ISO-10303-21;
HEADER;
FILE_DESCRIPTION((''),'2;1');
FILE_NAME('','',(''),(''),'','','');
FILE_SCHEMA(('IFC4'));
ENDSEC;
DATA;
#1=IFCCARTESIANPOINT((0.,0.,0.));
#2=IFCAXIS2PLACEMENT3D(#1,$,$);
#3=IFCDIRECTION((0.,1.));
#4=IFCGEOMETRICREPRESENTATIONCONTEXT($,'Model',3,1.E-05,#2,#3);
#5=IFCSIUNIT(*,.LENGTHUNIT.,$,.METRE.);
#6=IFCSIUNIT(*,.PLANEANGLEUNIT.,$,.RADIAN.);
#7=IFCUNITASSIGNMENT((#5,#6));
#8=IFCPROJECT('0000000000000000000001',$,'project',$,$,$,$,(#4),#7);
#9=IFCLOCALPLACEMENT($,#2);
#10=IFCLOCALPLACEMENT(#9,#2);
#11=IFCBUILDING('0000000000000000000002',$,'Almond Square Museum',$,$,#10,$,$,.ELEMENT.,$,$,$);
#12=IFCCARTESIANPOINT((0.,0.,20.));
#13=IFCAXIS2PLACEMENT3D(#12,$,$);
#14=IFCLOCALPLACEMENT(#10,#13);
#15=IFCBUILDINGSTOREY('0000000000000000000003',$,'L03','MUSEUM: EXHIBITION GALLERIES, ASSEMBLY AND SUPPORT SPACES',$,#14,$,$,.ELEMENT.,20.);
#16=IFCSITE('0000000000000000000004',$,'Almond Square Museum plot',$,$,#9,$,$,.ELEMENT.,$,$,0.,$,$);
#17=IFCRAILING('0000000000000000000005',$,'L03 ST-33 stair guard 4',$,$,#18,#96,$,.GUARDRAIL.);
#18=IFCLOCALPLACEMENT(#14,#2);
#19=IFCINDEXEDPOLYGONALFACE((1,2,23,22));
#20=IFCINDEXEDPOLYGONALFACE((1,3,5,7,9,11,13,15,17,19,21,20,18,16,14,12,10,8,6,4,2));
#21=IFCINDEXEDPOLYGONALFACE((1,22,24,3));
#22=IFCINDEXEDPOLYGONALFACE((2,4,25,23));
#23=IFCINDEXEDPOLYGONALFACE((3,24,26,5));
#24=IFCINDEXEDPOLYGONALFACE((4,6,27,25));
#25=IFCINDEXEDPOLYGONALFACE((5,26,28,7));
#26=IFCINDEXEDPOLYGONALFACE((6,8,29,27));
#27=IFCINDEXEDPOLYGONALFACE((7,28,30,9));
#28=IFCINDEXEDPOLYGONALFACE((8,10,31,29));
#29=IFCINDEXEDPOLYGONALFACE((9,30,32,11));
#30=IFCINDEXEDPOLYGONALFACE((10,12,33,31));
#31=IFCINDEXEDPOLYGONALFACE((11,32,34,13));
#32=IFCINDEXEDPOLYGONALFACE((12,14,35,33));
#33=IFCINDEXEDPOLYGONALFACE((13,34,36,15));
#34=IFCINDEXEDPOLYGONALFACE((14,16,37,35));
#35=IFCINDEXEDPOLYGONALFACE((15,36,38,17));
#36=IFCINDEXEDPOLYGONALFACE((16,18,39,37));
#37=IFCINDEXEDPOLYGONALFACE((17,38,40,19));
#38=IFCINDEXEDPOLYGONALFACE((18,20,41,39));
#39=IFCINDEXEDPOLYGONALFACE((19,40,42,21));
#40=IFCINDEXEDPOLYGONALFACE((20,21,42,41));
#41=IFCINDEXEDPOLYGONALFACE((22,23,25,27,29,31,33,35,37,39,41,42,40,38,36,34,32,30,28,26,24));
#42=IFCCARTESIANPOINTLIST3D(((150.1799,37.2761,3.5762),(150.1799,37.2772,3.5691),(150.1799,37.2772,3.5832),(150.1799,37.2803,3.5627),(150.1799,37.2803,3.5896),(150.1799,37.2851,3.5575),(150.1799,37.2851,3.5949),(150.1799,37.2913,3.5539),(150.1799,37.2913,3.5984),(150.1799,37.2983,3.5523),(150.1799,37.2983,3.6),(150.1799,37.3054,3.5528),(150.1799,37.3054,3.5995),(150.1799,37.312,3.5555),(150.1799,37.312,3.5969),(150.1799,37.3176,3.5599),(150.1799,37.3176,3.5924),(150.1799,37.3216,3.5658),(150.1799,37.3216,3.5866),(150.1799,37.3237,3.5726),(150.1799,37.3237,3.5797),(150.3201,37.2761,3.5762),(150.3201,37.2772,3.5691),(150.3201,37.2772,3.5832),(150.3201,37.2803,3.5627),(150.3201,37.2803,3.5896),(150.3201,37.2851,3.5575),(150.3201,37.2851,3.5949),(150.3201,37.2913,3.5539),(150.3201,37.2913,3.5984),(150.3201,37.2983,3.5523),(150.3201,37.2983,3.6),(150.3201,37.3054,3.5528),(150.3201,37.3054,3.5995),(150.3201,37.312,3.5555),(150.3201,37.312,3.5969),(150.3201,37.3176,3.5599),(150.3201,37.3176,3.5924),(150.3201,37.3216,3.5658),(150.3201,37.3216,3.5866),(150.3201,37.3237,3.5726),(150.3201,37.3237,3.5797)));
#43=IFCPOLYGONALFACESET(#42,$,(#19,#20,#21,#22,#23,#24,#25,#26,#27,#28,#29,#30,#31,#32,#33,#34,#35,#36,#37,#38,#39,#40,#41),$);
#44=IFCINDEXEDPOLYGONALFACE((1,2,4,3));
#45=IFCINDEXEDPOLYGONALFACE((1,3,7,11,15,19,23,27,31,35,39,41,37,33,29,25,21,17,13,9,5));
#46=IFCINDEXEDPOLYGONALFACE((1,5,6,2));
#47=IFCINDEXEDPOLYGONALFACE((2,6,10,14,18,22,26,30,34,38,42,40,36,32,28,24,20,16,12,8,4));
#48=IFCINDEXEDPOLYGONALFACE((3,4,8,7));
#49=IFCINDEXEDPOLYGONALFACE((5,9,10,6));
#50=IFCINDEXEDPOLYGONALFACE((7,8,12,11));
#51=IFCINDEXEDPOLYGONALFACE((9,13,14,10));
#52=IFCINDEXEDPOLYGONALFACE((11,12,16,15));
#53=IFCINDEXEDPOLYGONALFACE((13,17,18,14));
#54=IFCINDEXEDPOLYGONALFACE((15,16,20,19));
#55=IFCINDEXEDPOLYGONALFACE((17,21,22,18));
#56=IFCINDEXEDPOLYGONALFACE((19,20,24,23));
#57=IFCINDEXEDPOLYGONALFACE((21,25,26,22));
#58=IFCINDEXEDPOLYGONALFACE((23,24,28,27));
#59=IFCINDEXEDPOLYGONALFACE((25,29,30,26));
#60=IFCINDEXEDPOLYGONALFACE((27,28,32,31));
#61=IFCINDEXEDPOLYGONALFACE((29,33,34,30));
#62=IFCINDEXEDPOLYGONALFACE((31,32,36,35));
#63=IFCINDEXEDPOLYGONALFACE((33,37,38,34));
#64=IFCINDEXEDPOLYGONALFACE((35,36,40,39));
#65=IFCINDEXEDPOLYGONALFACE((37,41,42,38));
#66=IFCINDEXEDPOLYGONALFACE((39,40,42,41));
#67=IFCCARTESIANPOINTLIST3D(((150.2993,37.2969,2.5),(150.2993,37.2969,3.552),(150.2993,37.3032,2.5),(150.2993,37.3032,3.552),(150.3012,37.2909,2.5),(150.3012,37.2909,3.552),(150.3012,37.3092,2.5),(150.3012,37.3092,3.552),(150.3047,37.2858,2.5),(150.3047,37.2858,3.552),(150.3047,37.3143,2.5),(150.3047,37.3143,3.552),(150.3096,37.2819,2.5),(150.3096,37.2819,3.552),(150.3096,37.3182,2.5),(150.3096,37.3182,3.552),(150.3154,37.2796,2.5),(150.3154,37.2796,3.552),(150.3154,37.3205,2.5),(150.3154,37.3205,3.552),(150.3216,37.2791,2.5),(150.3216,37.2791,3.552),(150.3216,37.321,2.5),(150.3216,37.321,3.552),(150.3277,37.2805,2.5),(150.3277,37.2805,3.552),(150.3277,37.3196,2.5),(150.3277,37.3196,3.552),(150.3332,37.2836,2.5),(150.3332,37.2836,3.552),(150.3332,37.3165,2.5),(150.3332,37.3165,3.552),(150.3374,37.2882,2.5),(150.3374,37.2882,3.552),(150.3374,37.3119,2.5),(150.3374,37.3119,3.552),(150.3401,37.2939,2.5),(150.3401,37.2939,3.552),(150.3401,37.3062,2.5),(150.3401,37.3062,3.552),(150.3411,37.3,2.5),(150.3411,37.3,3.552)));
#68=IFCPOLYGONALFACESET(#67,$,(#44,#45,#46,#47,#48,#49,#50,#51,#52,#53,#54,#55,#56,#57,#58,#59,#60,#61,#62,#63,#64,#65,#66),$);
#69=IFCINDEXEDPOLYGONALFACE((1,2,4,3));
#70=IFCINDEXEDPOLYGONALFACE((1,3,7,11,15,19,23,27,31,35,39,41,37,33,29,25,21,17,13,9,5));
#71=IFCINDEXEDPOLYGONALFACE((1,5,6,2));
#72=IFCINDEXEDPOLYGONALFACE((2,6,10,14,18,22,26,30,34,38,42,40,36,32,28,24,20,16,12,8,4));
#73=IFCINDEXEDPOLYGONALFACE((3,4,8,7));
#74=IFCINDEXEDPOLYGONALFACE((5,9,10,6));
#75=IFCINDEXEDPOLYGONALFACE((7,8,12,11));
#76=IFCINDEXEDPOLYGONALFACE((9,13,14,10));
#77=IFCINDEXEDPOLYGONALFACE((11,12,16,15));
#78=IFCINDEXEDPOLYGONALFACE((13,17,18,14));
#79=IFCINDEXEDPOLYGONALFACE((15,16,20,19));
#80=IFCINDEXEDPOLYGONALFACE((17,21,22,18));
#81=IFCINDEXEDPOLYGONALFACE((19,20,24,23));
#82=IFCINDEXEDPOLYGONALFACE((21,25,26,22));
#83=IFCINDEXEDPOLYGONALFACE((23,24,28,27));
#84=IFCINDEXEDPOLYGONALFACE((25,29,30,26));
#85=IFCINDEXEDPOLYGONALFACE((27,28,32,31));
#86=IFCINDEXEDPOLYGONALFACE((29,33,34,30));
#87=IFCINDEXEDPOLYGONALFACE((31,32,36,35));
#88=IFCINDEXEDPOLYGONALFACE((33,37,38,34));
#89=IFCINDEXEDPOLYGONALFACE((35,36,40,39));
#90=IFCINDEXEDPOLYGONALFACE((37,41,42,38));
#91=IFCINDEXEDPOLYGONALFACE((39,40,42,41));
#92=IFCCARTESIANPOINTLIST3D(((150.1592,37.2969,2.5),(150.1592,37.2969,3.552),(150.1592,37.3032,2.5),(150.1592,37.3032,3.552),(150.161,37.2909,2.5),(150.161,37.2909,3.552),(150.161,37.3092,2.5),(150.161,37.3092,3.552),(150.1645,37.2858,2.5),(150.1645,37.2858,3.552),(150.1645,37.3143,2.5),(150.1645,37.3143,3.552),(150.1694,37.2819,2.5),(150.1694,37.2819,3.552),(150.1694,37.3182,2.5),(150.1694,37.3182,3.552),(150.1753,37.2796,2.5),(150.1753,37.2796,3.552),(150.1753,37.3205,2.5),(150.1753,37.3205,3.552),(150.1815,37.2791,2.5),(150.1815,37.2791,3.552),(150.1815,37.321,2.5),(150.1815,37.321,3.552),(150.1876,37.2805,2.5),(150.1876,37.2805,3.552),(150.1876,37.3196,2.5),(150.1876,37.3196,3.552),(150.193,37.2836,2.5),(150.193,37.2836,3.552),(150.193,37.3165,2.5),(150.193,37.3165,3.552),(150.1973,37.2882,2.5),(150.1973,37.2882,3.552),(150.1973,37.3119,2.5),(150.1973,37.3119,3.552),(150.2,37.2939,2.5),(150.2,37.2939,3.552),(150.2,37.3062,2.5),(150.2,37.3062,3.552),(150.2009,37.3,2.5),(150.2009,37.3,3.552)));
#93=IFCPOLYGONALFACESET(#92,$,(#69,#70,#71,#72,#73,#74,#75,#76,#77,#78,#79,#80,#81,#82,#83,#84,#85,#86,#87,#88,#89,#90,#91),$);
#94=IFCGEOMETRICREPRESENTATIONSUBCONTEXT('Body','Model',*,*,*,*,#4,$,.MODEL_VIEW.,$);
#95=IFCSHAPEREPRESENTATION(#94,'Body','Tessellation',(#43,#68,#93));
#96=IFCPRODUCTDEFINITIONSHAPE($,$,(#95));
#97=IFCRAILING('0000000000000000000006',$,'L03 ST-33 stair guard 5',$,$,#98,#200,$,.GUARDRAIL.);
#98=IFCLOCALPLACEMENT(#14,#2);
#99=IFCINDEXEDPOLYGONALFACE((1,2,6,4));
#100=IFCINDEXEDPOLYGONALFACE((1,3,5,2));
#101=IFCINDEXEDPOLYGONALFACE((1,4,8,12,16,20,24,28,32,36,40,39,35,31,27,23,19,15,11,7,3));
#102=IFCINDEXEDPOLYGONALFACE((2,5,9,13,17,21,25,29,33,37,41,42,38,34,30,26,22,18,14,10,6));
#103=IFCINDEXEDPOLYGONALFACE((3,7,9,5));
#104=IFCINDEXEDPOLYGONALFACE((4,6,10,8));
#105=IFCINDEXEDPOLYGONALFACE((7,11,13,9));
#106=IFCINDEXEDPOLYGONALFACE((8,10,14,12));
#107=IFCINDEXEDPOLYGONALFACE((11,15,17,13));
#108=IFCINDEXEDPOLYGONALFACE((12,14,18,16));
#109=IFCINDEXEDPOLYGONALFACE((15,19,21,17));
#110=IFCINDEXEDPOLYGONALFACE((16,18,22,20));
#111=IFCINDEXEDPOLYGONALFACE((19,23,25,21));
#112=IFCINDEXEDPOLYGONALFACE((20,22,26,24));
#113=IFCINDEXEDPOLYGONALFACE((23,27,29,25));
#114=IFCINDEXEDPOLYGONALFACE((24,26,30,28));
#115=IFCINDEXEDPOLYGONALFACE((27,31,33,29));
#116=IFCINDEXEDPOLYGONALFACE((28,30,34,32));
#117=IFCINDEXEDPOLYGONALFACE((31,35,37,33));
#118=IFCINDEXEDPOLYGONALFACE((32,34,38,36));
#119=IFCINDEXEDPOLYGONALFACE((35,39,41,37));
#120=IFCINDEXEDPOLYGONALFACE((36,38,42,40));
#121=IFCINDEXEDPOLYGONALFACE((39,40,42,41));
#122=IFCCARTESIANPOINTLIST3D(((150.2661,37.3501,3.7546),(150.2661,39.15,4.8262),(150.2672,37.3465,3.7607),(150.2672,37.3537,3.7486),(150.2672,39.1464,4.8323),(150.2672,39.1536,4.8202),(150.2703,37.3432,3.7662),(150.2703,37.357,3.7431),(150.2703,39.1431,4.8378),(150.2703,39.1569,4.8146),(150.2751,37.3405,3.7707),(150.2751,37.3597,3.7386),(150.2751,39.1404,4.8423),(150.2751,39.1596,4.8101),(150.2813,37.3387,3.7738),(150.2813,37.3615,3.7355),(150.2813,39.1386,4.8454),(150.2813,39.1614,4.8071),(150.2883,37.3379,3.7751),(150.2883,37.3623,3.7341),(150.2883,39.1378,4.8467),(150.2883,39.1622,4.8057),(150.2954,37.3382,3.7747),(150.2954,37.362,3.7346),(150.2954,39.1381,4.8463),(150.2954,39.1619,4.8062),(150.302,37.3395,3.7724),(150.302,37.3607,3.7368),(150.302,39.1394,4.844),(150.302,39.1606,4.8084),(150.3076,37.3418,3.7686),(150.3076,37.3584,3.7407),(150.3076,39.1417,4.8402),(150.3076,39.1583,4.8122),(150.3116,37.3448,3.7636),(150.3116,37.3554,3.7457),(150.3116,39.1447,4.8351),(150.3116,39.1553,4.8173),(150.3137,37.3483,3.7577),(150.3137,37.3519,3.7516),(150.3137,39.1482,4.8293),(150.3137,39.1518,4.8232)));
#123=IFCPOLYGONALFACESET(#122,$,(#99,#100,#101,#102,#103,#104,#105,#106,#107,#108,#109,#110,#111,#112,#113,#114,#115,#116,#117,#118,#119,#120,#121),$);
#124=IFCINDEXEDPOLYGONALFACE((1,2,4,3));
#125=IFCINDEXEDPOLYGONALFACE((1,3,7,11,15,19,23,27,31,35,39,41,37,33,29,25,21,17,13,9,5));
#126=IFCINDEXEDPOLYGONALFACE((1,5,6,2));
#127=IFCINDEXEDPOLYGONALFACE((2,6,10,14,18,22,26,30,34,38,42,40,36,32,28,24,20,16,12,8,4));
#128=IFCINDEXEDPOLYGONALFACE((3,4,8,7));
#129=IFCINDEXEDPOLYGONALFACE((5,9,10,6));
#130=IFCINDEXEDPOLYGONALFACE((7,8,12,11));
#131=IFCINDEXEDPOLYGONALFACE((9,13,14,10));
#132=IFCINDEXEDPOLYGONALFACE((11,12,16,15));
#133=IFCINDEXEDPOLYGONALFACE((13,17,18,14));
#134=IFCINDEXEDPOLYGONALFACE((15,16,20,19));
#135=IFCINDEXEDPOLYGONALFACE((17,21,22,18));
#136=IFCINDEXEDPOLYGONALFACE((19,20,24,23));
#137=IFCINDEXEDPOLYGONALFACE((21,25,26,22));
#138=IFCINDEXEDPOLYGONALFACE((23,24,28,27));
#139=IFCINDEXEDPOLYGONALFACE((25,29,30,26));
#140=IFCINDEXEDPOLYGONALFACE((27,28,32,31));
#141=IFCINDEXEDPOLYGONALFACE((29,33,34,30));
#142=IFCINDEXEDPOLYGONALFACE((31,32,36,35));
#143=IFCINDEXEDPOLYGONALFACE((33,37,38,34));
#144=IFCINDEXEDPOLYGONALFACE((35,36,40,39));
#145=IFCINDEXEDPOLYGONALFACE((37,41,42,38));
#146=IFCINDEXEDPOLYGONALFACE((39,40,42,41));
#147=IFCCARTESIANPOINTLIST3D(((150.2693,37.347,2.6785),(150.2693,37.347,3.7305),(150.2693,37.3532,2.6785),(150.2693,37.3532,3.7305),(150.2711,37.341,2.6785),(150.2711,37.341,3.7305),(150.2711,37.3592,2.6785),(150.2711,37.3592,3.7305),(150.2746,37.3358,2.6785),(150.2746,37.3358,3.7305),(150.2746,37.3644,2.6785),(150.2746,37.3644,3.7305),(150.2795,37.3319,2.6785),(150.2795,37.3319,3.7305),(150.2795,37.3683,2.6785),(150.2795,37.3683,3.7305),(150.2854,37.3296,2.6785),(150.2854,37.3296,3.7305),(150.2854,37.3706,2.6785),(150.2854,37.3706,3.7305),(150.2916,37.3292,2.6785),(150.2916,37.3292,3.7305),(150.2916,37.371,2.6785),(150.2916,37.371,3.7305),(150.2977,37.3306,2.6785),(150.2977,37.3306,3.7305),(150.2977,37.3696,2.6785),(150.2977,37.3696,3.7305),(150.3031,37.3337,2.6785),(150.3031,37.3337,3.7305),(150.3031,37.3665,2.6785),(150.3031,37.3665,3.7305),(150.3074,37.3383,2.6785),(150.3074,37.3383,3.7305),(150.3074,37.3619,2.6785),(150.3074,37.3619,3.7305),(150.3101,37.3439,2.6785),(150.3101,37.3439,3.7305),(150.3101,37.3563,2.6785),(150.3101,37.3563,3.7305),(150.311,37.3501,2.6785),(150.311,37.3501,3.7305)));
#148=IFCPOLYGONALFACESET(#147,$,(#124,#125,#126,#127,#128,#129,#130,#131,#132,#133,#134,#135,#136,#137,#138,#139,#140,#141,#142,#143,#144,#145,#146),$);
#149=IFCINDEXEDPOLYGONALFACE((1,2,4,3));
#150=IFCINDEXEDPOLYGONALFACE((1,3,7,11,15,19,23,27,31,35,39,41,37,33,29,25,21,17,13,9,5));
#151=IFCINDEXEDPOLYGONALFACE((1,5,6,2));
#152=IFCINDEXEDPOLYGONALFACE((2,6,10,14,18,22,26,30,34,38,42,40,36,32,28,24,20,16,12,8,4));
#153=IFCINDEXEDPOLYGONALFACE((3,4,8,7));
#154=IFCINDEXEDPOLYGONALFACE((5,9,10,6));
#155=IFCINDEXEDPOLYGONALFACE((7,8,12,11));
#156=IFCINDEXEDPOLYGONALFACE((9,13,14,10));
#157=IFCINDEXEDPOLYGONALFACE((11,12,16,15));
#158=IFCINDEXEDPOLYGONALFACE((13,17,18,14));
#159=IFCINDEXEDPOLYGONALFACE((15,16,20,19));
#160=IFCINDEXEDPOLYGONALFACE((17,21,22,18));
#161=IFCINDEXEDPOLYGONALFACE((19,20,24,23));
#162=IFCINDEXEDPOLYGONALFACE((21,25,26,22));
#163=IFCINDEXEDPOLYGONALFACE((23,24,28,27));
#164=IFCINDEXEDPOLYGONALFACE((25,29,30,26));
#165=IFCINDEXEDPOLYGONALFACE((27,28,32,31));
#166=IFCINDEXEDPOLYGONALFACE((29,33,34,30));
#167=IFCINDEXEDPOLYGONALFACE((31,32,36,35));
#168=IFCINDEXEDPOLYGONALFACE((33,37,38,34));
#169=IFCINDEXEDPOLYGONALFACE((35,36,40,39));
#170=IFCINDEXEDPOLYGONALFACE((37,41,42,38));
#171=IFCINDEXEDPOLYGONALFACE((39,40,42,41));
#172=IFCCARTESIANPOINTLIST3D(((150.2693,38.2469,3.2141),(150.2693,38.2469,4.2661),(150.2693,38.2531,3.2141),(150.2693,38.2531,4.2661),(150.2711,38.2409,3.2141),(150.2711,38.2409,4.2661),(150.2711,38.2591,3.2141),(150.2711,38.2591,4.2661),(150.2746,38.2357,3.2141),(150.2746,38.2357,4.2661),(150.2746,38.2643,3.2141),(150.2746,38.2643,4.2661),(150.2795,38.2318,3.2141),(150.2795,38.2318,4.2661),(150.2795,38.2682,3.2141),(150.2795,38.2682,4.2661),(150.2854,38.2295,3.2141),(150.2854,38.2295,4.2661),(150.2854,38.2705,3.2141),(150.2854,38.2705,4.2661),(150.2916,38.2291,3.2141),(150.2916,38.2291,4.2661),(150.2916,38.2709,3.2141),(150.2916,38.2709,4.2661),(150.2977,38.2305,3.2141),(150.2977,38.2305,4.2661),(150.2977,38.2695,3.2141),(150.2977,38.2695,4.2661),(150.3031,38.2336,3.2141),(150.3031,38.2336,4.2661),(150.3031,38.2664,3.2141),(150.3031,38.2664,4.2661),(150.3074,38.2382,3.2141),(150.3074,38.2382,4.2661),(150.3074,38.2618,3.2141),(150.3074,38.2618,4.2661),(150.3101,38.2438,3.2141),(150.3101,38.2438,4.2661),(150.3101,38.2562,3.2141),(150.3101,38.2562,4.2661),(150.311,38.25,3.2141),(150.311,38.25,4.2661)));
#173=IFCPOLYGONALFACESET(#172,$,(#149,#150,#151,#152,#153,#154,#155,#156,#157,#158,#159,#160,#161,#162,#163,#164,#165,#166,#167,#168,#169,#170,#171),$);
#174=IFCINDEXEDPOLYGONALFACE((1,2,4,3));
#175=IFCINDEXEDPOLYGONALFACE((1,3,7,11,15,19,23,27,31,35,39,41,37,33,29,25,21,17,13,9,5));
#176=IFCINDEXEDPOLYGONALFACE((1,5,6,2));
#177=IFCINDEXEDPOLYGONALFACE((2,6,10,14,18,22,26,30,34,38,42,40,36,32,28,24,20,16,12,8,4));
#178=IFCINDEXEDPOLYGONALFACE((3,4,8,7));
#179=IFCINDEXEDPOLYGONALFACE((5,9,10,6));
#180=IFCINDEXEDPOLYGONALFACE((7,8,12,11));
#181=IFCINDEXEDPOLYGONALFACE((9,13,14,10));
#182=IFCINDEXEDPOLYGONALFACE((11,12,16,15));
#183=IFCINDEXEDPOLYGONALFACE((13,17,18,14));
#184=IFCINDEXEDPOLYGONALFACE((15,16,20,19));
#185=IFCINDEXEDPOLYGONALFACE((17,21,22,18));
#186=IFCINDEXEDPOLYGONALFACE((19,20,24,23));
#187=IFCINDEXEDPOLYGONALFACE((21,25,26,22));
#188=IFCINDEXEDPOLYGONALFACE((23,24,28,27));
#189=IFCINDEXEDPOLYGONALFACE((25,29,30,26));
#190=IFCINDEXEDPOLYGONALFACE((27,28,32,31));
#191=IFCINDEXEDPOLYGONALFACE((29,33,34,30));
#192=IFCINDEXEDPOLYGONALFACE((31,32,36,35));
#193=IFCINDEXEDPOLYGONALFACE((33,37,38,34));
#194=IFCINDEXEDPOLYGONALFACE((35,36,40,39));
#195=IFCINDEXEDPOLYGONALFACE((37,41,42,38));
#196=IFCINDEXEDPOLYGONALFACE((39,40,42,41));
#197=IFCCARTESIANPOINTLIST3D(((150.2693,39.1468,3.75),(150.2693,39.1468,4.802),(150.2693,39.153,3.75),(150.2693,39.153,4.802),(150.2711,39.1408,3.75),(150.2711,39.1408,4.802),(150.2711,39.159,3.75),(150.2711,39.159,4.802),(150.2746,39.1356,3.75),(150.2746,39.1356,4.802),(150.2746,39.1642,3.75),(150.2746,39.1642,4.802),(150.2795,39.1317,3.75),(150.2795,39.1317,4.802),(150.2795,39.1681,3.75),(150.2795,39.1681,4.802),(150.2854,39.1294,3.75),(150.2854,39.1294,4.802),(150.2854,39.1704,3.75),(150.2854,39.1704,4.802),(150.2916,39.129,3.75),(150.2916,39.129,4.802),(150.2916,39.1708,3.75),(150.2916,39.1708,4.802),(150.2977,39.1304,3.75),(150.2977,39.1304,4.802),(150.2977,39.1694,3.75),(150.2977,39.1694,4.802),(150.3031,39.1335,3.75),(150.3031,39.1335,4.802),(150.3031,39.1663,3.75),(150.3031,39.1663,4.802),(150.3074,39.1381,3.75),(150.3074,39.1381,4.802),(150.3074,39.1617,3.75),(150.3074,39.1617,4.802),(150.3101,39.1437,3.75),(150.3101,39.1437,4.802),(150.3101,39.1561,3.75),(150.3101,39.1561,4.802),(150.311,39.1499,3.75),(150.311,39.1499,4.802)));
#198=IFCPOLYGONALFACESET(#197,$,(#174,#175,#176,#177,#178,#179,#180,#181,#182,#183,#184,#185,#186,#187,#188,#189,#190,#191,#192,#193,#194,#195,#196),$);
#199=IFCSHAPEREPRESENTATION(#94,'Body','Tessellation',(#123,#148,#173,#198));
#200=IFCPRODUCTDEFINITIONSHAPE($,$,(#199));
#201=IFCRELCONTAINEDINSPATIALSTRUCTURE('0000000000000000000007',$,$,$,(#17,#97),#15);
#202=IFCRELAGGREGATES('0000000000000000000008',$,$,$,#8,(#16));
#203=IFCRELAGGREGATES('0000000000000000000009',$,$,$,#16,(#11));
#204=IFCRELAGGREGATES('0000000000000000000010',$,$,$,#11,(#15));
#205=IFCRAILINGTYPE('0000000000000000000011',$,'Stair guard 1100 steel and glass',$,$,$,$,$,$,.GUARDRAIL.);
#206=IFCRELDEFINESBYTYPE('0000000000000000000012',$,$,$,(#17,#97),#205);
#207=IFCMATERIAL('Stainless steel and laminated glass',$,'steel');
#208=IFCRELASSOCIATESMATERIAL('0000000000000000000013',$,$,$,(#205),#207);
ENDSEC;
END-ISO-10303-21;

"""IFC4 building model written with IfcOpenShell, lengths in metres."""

from ifc_helpers import new_model, si_unit, direction, frame, origin, origin_2d, place, context, subcontext, project, spatial, circle, extrude, material, type_object, element, save


model = new_model("IFC4")

# Units and contexts
model_context = context("Model", 3, precision=1e-05, world=origin(), true_north=direction((0.0, 1.0)))
body_context = subcontext(model_context, "Body", "Model", "MODEL_VIEW")
ifc_project = project(units=[si_unit("LENGTHUNIT", "METRE"), si_unit("PLANEANGLEUNIT", "RADIAN")], contexts=[model_context])

# Site, building, storey
site_placement = place(None, origin())
site = spatial("IfcSite", under=ifc_project, at=site_placement, Name="Almond Square Museum plot", CompositionType="ELEMENT", RefElevation=0.0)
building_placement = place(site_placement, origin())
building = spatial("IfcBuilding", under=site, at=building_placement, Name="Almond Square Museum", CompositionType="ELEMENT")
storey_placement = place(building_placement, frame((0.0, 0.0, 20.0)))
storey = spatial("IfcBuildingStorey", under=building, at=storey_placement, Name="L03", Description="MUSEUM: EXHIBITION GALLERIES, ASSEMBLY AND SUPPORT SPACES", CompositionType="ELEMENT", Elevation=20.0)

# Railings
ifc_material_1 = material(Name="Stainless steel and laminated glass", Category="steel")
railing_type_1 = type_object("IfcRailingType", Name="Stair guard 1100 steel and glass", PredefinedType="GUARDRAIL", material=ifc_material_1)
railing_1_placement = place(storey_placement, frame((150.3201, 37.3, 2.5)))
element("IfcRailing", 1, at=railing_1_placement, inside=storey, type_object=railing_type_1, Name="L03 ST-33 stair guard 4", PredefinedType="GUARDRAIL", context=body_context, shape_type="SweptSolid", body=[
    extrude(circle(Radius=0.0239, at=origin_2d()), frame((0.0, 0.0, 1.0762), z_axis=(-1.0, 0.0, 0.0), x_axis=(0.0, -1.0, 0.0)), (0.0, 0.0, 1.0), 0.1401),
    extrude(circle(Radius=0.021, at=origin_2d()), origin(), (0.0, 0.0, 1.0), 1.052),
    extrude(circle(Radius=0.021, at=origin_2d()), frame((-0.1401, 0.0, 0.0)), (0.0, 0.0, 1.0), 1.052),
])
railing_2_placement = place(storey_placement, frame((150.29, 37.3501, 2.6785)))
element("IfcRailing", 2, at=railing_2_placement, inside=storey, type_object=railing_type_1, Name="L03 ST-33 stair guard 5", PredefinedType="GUARDRAIL", context=body_context, shape_type="SweptSolid", body=[
    extrude(circle(Radius=0.0239, at=origin_2d()), frame((0.0, 0.0, 1.0762), z_axis=(0.0, 0.859247, 0.511562), x_axis=(-1.0, 0.0, 0.0)), (0.0, 0.0, 1.0), 2.0947),
    extrude(circle(Radius=0.021, at=origin_2d()), origin(), (0.0, 0.0, 1.0), 1.052),
    extrude(circle(Radius=0.021, at=origin_2d()), frame((0.0, 0.8999, 0.5356)), (0.0, 0.0, 1.0), 1.052),
    extrude(circle(Radius=0.021, at=origin_2d()), frame((0.0, 1.7998, 1.0715)), (0.0, 0.0, 1.0), 1.052),
])

save(model, "model.ifc")
